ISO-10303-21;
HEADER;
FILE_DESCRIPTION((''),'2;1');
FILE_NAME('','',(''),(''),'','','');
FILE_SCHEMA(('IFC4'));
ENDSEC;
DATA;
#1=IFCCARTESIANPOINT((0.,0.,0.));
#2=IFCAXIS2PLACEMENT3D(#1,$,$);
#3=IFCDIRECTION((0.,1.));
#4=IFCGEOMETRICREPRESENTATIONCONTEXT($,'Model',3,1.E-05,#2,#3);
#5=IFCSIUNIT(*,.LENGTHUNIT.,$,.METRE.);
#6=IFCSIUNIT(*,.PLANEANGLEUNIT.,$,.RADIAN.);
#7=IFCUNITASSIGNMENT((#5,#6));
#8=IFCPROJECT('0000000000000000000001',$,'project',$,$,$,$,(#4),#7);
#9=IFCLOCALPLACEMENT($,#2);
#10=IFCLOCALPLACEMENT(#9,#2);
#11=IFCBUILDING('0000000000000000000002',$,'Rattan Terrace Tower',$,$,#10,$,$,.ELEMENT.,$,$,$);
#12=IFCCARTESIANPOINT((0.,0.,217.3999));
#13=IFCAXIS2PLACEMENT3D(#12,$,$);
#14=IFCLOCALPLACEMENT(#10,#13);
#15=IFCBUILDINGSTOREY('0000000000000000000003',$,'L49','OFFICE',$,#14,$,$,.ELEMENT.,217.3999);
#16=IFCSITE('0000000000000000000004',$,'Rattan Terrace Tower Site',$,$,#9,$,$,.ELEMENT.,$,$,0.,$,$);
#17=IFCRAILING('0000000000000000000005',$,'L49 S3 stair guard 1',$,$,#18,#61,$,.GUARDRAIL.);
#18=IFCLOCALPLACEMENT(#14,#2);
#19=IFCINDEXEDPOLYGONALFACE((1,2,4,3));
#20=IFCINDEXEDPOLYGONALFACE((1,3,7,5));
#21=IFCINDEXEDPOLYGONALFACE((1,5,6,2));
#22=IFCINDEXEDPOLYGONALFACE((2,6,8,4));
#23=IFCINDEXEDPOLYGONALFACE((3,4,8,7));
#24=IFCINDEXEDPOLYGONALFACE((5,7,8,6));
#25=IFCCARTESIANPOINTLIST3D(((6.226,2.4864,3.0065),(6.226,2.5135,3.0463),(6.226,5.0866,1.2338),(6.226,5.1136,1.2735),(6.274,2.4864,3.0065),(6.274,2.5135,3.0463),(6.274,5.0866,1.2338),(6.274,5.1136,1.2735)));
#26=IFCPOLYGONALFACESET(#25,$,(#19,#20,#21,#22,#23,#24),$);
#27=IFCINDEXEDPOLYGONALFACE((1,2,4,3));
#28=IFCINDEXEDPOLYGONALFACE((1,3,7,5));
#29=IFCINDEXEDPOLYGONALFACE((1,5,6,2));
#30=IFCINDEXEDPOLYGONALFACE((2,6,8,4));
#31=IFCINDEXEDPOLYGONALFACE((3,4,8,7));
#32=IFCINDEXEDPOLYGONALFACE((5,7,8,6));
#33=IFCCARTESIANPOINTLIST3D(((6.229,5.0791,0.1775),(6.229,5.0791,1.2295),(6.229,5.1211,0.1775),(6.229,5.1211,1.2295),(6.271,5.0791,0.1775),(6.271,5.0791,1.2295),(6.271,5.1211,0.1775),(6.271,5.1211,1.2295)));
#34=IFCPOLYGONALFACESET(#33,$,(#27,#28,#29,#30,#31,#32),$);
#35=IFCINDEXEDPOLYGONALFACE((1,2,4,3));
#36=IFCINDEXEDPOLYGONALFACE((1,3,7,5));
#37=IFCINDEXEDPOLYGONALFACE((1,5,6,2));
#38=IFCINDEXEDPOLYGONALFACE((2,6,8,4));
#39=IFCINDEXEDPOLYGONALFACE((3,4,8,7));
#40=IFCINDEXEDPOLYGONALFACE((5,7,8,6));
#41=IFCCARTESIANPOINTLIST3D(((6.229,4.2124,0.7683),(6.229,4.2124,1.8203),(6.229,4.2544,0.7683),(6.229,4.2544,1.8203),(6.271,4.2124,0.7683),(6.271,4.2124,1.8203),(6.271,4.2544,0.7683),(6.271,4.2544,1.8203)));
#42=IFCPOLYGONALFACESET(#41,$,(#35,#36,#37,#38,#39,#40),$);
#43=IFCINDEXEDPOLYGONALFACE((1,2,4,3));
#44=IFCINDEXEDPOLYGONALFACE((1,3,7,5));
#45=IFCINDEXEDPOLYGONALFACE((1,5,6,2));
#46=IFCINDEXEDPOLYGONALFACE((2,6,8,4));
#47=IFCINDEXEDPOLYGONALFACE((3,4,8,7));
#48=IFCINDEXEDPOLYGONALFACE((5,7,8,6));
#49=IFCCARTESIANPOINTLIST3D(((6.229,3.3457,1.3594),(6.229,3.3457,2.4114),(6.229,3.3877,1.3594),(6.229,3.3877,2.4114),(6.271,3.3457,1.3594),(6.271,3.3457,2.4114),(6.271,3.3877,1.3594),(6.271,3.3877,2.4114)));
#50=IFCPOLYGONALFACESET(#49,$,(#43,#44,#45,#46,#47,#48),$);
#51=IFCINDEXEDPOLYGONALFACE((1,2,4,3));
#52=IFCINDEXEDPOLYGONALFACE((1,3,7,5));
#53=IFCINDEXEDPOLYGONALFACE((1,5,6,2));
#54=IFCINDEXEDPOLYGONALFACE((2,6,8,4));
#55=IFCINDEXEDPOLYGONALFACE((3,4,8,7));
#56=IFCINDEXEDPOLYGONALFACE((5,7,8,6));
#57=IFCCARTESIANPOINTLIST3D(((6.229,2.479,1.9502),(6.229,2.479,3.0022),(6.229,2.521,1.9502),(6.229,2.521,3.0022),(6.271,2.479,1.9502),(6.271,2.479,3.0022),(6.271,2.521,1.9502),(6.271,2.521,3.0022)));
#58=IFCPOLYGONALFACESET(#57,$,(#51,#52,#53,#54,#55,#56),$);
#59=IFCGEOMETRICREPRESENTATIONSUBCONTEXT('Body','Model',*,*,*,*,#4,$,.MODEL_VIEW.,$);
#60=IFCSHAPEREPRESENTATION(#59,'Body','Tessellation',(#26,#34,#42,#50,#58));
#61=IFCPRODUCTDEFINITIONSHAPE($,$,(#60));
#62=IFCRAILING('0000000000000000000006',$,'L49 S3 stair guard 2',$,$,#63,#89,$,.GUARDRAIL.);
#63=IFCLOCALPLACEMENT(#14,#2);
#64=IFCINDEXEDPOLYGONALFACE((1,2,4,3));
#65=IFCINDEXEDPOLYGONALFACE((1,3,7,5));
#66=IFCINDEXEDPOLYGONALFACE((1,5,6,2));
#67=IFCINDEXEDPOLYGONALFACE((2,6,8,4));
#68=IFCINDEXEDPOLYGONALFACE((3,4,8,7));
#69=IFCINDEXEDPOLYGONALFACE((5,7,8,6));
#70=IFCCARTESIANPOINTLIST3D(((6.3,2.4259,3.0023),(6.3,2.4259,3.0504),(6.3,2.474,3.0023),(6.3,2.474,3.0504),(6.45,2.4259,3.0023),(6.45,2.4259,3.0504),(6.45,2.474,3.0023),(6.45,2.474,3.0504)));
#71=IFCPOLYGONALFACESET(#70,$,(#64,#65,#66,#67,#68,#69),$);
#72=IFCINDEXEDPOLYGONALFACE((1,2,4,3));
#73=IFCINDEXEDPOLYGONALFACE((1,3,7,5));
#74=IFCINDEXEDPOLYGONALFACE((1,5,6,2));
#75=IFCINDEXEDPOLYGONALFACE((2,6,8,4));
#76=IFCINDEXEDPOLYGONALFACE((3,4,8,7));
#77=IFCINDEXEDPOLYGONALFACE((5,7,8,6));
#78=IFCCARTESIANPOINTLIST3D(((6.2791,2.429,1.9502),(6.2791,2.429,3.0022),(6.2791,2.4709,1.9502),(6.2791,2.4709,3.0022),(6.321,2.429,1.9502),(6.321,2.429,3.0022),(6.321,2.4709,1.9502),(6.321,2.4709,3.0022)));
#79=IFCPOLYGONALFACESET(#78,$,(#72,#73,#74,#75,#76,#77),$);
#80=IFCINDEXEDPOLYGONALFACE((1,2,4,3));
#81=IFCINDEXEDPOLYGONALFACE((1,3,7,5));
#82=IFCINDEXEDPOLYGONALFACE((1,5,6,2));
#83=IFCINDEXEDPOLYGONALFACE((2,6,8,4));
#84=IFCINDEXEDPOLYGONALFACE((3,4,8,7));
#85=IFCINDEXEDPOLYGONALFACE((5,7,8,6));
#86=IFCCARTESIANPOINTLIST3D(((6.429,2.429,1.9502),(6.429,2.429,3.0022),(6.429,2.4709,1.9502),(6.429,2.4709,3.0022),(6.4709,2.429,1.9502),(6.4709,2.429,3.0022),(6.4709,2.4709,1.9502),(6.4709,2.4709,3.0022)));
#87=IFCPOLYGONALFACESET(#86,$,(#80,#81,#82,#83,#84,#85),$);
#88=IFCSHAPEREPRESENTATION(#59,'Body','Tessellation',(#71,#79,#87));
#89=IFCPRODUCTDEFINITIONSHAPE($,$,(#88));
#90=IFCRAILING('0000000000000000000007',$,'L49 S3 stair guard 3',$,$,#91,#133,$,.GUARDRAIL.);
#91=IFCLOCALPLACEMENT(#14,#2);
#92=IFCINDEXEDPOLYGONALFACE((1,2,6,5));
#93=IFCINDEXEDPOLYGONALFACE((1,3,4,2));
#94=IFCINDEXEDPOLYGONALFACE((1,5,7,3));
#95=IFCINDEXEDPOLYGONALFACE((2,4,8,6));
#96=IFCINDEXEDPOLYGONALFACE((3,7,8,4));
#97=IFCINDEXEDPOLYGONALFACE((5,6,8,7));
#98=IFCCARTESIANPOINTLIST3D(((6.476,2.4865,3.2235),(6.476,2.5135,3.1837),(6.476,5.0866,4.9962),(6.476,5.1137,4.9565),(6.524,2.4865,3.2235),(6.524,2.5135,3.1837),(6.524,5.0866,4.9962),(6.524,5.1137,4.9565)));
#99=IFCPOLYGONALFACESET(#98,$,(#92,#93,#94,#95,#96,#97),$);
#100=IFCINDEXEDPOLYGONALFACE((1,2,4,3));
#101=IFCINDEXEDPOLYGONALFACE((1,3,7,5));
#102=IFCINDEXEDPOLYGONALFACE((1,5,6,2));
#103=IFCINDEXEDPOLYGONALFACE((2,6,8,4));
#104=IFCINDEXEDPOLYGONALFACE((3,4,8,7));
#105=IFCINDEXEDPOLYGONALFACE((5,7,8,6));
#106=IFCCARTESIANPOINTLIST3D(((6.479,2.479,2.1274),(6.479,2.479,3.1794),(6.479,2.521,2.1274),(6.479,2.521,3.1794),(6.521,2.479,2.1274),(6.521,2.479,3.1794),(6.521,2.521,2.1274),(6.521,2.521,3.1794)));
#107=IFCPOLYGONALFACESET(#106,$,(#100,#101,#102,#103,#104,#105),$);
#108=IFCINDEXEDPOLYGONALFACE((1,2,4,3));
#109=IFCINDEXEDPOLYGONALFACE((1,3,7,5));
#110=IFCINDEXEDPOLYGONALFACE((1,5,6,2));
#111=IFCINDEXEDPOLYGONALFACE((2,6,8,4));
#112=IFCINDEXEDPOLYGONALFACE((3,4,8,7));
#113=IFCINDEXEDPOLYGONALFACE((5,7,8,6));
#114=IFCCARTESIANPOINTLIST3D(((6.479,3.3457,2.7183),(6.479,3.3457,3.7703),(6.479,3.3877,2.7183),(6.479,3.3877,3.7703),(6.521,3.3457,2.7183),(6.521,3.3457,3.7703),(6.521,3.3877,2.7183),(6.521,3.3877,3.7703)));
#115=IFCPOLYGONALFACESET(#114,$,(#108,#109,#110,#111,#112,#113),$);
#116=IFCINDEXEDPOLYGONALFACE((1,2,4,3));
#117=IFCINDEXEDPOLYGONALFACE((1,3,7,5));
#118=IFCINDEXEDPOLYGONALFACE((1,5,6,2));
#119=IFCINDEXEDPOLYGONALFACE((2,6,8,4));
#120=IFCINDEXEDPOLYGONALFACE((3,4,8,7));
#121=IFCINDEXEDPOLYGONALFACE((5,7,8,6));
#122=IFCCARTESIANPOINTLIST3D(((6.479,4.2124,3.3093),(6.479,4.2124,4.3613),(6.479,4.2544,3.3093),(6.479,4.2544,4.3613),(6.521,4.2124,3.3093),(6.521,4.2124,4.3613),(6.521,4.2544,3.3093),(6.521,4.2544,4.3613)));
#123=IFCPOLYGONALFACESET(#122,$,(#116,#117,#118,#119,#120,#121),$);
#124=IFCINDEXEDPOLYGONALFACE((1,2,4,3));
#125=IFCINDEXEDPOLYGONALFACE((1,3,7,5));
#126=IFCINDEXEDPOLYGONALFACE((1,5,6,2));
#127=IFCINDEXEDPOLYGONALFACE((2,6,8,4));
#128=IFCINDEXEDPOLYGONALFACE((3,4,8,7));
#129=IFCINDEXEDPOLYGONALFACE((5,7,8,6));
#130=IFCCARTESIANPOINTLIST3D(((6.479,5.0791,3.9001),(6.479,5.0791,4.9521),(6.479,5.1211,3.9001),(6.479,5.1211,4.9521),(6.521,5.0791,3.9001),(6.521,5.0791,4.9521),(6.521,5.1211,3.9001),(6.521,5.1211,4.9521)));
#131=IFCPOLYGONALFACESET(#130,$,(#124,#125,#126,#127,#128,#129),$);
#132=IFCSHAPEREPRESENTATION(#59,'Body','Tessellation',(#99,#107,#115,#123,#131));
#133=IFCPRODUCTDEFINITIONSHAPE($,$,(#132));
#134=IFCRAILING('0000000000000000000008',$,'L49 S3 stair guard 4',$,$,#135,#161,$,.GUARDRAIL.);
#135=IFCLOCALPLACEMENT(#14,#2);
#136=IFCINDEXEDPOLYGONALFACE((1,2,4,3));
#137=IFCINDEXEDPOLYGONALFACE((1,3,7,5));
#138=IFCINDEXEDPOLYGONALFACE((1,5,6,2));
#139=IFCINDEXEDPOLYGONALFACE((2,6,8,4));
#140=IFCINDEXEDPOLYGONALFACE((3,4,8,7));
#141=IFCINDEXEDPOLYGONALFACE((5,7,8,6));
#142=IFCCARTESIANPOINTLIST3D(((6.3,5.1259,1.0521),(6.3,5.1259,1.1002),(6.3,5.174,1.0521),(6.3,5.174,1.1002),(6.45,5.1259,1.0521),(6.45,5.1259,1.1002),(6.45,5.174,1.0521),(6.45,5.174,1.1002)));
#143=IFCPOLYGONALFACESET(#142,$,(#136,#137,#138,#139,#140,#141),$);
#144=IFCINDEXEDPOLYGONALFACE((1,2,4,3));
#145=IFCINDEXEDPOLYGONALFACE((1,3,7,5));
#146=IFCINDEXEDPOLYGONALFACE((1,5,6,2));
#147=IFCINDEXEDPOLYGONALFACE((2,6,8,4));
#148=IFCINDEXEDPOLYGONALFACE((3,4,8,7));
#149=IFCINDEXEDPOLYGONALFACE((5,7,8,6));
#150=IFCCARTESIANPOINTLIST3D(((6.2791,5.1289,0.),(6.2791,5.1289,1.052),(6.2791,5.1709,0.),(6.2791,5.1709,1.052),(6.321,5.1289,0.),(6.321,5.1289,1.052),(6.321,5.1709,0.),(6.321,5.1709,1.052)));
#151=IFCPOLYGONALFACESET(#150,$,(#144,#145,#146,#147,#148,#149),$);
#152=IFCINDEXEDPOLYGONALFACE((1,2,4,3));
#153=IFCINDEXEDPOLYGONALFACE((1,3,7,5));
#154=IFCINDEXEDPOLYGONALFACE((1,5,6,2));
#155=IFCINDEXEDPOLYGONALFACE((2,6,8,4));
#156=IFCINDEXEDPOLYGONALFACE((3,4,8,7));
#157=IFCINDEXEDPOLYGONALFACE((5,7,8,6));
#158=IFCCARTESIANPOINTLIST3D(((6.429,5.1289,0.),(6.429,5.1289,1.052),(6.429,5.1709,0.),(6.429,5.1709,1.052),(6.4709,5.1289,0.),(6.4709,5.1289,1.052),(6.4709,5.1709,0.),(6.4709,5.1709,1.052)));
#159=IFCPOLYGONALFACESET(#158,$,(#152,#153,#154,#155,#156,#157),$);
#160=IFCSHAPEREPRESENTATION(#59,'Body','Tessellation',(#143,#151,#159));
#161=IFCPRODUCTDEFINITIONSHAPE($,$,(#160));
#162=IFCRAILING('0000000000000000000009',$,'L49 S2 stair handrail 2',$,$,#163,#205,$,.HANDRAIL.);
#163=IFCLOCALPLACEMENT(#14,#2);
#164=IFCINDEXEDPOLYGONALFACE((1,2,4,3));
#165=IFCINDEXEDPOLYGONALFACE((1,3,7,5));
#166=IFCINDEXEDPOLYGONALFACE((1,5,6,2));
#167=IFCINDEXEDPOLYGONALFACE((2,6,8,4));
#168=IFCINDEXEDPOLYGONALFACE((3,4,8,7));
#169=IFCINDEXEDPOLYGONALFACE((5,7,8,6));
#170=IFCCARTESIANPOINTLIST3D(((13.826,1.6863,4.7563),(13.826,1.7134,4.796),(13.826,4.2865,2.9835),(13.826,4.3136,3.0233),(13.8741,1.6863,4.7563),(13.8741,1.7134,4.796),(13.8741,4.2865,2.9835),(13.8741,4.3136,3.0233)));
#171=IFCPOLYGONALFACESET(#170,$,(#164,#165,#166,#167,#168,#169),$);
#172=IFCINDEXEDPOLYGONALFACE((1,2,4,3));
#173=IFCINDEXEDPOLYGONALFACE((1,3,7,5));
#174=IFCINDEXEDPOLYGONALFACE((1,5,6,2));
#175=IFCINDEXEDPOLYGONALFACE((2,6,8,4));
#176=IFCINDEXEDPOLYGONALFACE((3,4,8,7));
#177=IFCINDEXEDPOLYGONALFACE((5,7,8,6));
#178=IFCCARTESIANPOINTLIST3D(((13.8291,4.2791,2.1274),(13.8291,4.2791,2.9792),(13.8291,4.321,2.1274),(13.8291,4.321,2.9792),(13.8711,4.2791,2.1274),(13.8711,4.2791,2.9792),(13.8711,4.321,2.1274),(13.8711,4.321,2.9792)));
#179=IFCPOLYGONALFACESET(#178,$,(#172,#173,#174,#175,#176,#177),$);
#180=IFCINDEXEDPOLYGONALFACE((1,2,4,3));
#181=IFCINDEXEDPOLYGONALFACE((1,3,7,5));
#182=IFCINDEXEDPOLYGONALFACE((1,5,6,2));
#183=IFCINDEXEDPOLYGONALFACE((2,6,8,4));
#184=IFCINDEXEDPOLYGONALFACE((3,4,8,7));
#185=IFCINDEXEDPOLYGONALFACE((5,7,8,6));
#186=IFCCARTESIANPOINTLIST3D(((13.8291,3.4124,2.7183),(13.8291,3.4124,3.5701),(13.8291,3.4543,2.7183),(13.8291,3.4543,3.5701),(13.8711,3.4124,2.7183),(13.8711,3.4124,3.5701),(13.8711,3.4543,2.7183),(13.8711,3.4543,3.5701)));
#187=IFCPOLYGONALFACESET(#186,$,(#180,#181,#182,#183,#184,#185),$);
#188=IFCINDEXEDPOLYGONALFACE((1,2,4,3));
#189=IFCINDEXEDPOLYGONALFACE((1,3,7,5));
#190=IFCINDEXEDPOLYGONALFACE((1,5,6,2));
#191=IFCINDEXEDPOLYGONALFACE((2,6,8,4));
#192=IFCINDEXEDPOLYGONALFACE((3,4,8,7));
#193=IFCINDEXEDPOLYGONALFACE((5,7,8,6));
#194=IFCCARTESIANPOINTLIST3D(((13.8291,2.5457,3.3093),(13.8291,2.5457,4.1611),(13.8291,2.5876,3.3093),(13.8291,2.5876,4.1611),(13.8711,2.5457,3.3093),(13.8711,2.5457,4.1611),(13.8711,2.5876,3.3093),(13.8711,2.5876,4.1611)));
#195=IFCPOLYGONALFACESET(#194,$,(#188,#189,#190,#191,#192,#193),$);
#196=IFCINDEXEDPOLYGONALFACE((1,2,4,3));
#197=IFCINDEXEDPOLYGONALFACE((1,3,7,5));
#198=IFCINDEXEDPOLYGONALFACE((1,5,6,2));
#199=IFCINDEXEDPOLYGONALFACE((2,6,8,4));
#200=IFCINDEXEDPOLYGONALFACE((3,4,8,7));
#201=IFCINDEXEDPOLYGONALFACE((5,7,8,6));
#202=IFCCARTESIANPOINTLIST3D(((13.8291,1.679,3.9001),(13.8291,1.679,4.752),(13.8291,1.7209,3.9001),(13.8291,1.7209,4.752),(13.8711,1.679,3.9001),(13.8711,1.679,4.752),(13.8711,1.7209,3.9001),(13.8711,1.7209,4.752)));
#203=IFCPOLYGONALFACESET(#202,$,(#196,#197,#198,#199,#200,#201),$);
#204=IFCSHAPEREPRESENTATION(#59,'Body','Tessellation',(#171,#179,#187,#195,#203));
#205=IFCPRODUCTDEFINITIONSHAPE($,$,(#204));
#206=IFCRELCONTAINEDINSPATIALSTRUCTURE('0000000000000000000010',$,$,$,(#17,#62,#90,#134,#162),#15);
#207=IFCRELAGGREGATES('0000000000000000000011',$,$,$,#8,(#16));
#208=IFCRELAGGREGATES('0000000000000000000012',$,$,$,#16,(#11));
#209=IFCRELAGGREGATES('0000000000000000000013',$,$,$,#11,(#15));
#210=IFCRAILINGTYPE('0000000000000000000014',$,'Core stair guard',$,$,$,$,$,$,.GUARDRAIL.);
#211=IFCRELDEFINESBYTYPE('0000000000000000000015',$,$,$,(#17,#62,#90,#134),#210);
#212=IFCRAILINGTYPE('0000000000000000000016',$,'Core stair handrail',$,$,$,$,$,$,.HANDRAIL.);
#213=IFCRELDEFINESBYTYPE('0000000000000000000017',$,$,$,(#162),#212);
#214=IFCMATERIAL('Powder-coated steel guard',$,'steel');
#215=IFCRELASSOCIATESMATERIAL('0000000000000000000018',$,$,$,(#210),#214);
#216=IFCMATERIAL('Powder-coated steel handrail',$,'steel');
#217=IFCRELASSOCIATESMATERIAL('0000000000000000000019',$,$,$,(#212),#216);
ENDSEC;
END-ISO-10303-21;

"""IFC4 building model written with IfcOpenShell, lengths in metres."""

from ifc_helpers import new_model, si_unit, direction, frame, origin, origin_2d, place, context, subcontext, project, spatial, rectangle, extrude, material, type_object, element, save


model = new_model("IFC4")

# Units and contexts
model_context = context("Model", 3, precision=1e-05, world=origin(), true_north=direction((0.0, 1.0)))
body_context = subcontext(model_context, "Body", "Model", "MODEL_VIEW")
ifc_project = project(units=[si_unit("LENGTHUNIT", "METRE"), si_unit("PLANEANGLEUNIT", "RADIAN")], contexts=[model_context])

# Site, building, storey
site_placement = place(None, origin())
site = spatial("IfcSite", under=ifc_project, at=site_placement, Name="Rattan Terrace Tower Site", CompositionType="ELEMENT", RefElevation=0.0)
building_placement = place(site_placement, origin())
building = spatial("IfcBuilding", under=site, at=building_placement, Name="Rattan Terrace Tower", CompositionType="ELEMENT")
storey_placement = place(building_placement, frame((0.0, 0.0, 217.3999)))
storey = spatial("IfcBuildingStorey", under=building, at=storey_placement, Name="L49", Description="OFFICE", CompositionType="ELEMENT", Elevation=217.3999)

# Railings
ifc_material_1 = material(Name="Powder-coated steel guard", Category="steel")
railing_type_1 = type_object("IfcRailingType", Name="Core stair guard", PredefinedType="GUARDRAIL", material=ifc_material_1)
railing_1_placement = place(storey_placement, frame((6.25, 5.1001, 0.1775)))
element("IfcRailing", 1, at=railing_1_placement, inside=storey, type_object=railing_type_1, Name="L49 S3 stair guard 1", PredefinedType="GUARDRAIL", context=body_context, shape_type="SweptSolid", body=[
    extrude(rectangle(XDim=0.0481, YDim=0.0481, at=origin_2d()), frame((0.0, 0.0, 1.0762), z_axis=(0.0, -0.82624, 0.563318), x_axis=(1.0, 0.0, 0.0)), (0.0, 0.0, 1.0), 3.147),
    extrude(rectangle(XDim=0.042, YDim=0.042, at=origin_2d()), origin(), (0.0, 0.0, 1.0), 1.052),
    extrude(rectangle(XDim=0.042, YDim=0.042, at=origin_2d()), frame((0.0, -0.8667, 0.5908)), (0.0, 0.0, 1.0), 1.052),
    extrude(rectangle(XDim=0.042, YDim=0.042, at=origin_2d()), frame((0.0, -1.7334, 1.1819)), (0.0, 0.0, 1.0), 1.052),
    extrude(rectangle(XDim=0.042, YDim=0.042, at=origin_2d()), frame((0.0, -2.6001, 1.7727)), (0.0, 0.0, 1.0), 1.052),
])
railing_2_placement = place(storey_placement, frame((6.3, 2.45, 1.9502)))
element("IfcRailing", 2, at=railing_2_placement, inside=storey, type_object=railing_type_1, Name="L49 S3 stair guard 2", PredefinedType="GUARDRAIL", context=body_context, shape_type="SweptSolid", body=[
    extrude(rectangle(XDim=0.0481, YDim=0.0481, at=origin_2d()), frame((0.0, 0.0, 1.0762), z_axis=(1.0, 0.0, 0.0), x_axis=(0.0, 1.0, 0.0)), (0.0, 0.0, 1.0), 0.1499),
    extrude(rectangle(XDim=0.042, YDim=0.042, at=origin_2d()), origin(), (0.0, 0.0, 1.0), 1.052),
    extrude(rectangle(XDim=0.042, YDim=0.042, at=origin_2d()), frame((0.1499, 0.0, 0.0)), (0.0, 0.0, 1.0), 1.052),
])
railing_3_placement = place(storey_placement, frame((6.5, 2.5, 2.1274)))
element("IfcRailing", 3, at=railing_3_placement, inside=storey, type_object=railing_type_1, Name="L49 S3 stair guard 3", PredefinedType="GUARDRAIL", context=body_context, shape_type="SweptSolid", body=[
    extrude(rectangle(XDim=0.0481, YDim=0.0481, at=origin_2d()), frame((0.0, 0.0, 1.0762), z_axis=(0.0, 0.82624, 0.563318), x_axis=(-1.0, 0.0, 0.0)), (0.0, 0.0, 1.0), 3.147),
    extrude(rectangle(XDim=0.042, YDim=0.042, at=origin_2d()), origin(), (0.0, 0.0, 1.0), 1.052),
    extrude(rectangle(XDim=0.042, YDim=0.042, at=origin_2d()), frame((0.0, 0.8667, 0.5908)), (0.0, 0.0, 1.0), 1.052),
    extrude(rectangle(XDim=0.042, YDim=0.042, at=origin_2d()), frame((0.0, 1.7334, 1.1819)), (0.0, 0.0, 1.0), 1.052),
    extrude(rectangle(XDim=0.042, YDim=0.042, at=origin_2d()), frame((0.0, 2.6001, 1.7727)), (0.0, 0.0, 1.0), 1.052),
])
railing_4_placement = place(storey_placement, frame((6.3, 5.1499, 0.0)))
element("IfcRailing", 4, at=railing_4_placement, inside=storey, type_object=railing_type_1, Name="L49 S3 stair guard 4", PredefinedType="GUARDRAIL", context=body_context, shape_type="SweptSolid", body=[
    extrude(rectangle(XDim=0.0481, YDim=0.0481, at=origin_2d()), frame((0.0, 0.0, 1.0762), z_axis=(1.0, 0.0, 0.0), x_axis=(0.0, 1.0, 0.0)), (0.0, 0.0, 1.0), 0.1499),
    extrude(rectangle(XDim=0.042, YDim=0.042, at=origin_2d()), origin(), (0.0, 0.0, 1.0), 1.052),
    extrude(rectangle(XDim=0.042, YDim=0.042, at=origin_2d()), frame((0.1499, 0.0, 0.0)), (0.0, 0.0, 1.0), 1.052),
])
ifc_material_2 = material(Name="Powder-coated steel handrail", Category="steel")
railing_type_2 = type_object("IfcRailingType", Name="Core stair handrail", PredefinedType="HANDRAIL", material=ifc_material_2)
for number, where, name in (
    (5, (13.8501, 4.3, 2.1274), "L49 S2 stair handrail 2"),
):
    element("IfcRailing", number, at=place(storey_placement, frame(where)), inside=storey, type_object=railing_type_2, Name=name, PredefinedType="HANDRAIL", context=body_context, shape_type="SweptSolid", body=[
        extrude(rectangle(XDim=0.0481, YDim=0.0481, at=origin_2d()), frame((0.0, 0.0, 0.876), z_axis=(0.0, -0.82624, 0.563318), x_axis=(1.0, 0.0, 0.0)), (0.0, 0.0, 1.0), 3.147),
        extrude(rectangle(XDim=0.042, YDim=0.042, at=origin_2d()), origin(), (0.0, 0.0, 1.0), 0.8518),
        extrude(rectangle(XDim=0.042, YDim=0.042, at=origin_2d()), frame((0.0, -0.8667, 0.5908)), (0.0, 0.0, 1.0), 0.8518),
        extrude(rectangle(XDim=0.042, YDim=0.042, at=origin_2d()), frame((0.0, -1.7334, 1.1819)), (0.0, 0.0, 1.0), 0.8518),
        extrude(rectangle(XDim=0.042, YDim=0.042, at=origin_2d()), frame((0.0, -2.6001, 1.7727)), (0.0, 0.0, 1.0), 0.8518),
    ])

save(model, "model.ifc")
